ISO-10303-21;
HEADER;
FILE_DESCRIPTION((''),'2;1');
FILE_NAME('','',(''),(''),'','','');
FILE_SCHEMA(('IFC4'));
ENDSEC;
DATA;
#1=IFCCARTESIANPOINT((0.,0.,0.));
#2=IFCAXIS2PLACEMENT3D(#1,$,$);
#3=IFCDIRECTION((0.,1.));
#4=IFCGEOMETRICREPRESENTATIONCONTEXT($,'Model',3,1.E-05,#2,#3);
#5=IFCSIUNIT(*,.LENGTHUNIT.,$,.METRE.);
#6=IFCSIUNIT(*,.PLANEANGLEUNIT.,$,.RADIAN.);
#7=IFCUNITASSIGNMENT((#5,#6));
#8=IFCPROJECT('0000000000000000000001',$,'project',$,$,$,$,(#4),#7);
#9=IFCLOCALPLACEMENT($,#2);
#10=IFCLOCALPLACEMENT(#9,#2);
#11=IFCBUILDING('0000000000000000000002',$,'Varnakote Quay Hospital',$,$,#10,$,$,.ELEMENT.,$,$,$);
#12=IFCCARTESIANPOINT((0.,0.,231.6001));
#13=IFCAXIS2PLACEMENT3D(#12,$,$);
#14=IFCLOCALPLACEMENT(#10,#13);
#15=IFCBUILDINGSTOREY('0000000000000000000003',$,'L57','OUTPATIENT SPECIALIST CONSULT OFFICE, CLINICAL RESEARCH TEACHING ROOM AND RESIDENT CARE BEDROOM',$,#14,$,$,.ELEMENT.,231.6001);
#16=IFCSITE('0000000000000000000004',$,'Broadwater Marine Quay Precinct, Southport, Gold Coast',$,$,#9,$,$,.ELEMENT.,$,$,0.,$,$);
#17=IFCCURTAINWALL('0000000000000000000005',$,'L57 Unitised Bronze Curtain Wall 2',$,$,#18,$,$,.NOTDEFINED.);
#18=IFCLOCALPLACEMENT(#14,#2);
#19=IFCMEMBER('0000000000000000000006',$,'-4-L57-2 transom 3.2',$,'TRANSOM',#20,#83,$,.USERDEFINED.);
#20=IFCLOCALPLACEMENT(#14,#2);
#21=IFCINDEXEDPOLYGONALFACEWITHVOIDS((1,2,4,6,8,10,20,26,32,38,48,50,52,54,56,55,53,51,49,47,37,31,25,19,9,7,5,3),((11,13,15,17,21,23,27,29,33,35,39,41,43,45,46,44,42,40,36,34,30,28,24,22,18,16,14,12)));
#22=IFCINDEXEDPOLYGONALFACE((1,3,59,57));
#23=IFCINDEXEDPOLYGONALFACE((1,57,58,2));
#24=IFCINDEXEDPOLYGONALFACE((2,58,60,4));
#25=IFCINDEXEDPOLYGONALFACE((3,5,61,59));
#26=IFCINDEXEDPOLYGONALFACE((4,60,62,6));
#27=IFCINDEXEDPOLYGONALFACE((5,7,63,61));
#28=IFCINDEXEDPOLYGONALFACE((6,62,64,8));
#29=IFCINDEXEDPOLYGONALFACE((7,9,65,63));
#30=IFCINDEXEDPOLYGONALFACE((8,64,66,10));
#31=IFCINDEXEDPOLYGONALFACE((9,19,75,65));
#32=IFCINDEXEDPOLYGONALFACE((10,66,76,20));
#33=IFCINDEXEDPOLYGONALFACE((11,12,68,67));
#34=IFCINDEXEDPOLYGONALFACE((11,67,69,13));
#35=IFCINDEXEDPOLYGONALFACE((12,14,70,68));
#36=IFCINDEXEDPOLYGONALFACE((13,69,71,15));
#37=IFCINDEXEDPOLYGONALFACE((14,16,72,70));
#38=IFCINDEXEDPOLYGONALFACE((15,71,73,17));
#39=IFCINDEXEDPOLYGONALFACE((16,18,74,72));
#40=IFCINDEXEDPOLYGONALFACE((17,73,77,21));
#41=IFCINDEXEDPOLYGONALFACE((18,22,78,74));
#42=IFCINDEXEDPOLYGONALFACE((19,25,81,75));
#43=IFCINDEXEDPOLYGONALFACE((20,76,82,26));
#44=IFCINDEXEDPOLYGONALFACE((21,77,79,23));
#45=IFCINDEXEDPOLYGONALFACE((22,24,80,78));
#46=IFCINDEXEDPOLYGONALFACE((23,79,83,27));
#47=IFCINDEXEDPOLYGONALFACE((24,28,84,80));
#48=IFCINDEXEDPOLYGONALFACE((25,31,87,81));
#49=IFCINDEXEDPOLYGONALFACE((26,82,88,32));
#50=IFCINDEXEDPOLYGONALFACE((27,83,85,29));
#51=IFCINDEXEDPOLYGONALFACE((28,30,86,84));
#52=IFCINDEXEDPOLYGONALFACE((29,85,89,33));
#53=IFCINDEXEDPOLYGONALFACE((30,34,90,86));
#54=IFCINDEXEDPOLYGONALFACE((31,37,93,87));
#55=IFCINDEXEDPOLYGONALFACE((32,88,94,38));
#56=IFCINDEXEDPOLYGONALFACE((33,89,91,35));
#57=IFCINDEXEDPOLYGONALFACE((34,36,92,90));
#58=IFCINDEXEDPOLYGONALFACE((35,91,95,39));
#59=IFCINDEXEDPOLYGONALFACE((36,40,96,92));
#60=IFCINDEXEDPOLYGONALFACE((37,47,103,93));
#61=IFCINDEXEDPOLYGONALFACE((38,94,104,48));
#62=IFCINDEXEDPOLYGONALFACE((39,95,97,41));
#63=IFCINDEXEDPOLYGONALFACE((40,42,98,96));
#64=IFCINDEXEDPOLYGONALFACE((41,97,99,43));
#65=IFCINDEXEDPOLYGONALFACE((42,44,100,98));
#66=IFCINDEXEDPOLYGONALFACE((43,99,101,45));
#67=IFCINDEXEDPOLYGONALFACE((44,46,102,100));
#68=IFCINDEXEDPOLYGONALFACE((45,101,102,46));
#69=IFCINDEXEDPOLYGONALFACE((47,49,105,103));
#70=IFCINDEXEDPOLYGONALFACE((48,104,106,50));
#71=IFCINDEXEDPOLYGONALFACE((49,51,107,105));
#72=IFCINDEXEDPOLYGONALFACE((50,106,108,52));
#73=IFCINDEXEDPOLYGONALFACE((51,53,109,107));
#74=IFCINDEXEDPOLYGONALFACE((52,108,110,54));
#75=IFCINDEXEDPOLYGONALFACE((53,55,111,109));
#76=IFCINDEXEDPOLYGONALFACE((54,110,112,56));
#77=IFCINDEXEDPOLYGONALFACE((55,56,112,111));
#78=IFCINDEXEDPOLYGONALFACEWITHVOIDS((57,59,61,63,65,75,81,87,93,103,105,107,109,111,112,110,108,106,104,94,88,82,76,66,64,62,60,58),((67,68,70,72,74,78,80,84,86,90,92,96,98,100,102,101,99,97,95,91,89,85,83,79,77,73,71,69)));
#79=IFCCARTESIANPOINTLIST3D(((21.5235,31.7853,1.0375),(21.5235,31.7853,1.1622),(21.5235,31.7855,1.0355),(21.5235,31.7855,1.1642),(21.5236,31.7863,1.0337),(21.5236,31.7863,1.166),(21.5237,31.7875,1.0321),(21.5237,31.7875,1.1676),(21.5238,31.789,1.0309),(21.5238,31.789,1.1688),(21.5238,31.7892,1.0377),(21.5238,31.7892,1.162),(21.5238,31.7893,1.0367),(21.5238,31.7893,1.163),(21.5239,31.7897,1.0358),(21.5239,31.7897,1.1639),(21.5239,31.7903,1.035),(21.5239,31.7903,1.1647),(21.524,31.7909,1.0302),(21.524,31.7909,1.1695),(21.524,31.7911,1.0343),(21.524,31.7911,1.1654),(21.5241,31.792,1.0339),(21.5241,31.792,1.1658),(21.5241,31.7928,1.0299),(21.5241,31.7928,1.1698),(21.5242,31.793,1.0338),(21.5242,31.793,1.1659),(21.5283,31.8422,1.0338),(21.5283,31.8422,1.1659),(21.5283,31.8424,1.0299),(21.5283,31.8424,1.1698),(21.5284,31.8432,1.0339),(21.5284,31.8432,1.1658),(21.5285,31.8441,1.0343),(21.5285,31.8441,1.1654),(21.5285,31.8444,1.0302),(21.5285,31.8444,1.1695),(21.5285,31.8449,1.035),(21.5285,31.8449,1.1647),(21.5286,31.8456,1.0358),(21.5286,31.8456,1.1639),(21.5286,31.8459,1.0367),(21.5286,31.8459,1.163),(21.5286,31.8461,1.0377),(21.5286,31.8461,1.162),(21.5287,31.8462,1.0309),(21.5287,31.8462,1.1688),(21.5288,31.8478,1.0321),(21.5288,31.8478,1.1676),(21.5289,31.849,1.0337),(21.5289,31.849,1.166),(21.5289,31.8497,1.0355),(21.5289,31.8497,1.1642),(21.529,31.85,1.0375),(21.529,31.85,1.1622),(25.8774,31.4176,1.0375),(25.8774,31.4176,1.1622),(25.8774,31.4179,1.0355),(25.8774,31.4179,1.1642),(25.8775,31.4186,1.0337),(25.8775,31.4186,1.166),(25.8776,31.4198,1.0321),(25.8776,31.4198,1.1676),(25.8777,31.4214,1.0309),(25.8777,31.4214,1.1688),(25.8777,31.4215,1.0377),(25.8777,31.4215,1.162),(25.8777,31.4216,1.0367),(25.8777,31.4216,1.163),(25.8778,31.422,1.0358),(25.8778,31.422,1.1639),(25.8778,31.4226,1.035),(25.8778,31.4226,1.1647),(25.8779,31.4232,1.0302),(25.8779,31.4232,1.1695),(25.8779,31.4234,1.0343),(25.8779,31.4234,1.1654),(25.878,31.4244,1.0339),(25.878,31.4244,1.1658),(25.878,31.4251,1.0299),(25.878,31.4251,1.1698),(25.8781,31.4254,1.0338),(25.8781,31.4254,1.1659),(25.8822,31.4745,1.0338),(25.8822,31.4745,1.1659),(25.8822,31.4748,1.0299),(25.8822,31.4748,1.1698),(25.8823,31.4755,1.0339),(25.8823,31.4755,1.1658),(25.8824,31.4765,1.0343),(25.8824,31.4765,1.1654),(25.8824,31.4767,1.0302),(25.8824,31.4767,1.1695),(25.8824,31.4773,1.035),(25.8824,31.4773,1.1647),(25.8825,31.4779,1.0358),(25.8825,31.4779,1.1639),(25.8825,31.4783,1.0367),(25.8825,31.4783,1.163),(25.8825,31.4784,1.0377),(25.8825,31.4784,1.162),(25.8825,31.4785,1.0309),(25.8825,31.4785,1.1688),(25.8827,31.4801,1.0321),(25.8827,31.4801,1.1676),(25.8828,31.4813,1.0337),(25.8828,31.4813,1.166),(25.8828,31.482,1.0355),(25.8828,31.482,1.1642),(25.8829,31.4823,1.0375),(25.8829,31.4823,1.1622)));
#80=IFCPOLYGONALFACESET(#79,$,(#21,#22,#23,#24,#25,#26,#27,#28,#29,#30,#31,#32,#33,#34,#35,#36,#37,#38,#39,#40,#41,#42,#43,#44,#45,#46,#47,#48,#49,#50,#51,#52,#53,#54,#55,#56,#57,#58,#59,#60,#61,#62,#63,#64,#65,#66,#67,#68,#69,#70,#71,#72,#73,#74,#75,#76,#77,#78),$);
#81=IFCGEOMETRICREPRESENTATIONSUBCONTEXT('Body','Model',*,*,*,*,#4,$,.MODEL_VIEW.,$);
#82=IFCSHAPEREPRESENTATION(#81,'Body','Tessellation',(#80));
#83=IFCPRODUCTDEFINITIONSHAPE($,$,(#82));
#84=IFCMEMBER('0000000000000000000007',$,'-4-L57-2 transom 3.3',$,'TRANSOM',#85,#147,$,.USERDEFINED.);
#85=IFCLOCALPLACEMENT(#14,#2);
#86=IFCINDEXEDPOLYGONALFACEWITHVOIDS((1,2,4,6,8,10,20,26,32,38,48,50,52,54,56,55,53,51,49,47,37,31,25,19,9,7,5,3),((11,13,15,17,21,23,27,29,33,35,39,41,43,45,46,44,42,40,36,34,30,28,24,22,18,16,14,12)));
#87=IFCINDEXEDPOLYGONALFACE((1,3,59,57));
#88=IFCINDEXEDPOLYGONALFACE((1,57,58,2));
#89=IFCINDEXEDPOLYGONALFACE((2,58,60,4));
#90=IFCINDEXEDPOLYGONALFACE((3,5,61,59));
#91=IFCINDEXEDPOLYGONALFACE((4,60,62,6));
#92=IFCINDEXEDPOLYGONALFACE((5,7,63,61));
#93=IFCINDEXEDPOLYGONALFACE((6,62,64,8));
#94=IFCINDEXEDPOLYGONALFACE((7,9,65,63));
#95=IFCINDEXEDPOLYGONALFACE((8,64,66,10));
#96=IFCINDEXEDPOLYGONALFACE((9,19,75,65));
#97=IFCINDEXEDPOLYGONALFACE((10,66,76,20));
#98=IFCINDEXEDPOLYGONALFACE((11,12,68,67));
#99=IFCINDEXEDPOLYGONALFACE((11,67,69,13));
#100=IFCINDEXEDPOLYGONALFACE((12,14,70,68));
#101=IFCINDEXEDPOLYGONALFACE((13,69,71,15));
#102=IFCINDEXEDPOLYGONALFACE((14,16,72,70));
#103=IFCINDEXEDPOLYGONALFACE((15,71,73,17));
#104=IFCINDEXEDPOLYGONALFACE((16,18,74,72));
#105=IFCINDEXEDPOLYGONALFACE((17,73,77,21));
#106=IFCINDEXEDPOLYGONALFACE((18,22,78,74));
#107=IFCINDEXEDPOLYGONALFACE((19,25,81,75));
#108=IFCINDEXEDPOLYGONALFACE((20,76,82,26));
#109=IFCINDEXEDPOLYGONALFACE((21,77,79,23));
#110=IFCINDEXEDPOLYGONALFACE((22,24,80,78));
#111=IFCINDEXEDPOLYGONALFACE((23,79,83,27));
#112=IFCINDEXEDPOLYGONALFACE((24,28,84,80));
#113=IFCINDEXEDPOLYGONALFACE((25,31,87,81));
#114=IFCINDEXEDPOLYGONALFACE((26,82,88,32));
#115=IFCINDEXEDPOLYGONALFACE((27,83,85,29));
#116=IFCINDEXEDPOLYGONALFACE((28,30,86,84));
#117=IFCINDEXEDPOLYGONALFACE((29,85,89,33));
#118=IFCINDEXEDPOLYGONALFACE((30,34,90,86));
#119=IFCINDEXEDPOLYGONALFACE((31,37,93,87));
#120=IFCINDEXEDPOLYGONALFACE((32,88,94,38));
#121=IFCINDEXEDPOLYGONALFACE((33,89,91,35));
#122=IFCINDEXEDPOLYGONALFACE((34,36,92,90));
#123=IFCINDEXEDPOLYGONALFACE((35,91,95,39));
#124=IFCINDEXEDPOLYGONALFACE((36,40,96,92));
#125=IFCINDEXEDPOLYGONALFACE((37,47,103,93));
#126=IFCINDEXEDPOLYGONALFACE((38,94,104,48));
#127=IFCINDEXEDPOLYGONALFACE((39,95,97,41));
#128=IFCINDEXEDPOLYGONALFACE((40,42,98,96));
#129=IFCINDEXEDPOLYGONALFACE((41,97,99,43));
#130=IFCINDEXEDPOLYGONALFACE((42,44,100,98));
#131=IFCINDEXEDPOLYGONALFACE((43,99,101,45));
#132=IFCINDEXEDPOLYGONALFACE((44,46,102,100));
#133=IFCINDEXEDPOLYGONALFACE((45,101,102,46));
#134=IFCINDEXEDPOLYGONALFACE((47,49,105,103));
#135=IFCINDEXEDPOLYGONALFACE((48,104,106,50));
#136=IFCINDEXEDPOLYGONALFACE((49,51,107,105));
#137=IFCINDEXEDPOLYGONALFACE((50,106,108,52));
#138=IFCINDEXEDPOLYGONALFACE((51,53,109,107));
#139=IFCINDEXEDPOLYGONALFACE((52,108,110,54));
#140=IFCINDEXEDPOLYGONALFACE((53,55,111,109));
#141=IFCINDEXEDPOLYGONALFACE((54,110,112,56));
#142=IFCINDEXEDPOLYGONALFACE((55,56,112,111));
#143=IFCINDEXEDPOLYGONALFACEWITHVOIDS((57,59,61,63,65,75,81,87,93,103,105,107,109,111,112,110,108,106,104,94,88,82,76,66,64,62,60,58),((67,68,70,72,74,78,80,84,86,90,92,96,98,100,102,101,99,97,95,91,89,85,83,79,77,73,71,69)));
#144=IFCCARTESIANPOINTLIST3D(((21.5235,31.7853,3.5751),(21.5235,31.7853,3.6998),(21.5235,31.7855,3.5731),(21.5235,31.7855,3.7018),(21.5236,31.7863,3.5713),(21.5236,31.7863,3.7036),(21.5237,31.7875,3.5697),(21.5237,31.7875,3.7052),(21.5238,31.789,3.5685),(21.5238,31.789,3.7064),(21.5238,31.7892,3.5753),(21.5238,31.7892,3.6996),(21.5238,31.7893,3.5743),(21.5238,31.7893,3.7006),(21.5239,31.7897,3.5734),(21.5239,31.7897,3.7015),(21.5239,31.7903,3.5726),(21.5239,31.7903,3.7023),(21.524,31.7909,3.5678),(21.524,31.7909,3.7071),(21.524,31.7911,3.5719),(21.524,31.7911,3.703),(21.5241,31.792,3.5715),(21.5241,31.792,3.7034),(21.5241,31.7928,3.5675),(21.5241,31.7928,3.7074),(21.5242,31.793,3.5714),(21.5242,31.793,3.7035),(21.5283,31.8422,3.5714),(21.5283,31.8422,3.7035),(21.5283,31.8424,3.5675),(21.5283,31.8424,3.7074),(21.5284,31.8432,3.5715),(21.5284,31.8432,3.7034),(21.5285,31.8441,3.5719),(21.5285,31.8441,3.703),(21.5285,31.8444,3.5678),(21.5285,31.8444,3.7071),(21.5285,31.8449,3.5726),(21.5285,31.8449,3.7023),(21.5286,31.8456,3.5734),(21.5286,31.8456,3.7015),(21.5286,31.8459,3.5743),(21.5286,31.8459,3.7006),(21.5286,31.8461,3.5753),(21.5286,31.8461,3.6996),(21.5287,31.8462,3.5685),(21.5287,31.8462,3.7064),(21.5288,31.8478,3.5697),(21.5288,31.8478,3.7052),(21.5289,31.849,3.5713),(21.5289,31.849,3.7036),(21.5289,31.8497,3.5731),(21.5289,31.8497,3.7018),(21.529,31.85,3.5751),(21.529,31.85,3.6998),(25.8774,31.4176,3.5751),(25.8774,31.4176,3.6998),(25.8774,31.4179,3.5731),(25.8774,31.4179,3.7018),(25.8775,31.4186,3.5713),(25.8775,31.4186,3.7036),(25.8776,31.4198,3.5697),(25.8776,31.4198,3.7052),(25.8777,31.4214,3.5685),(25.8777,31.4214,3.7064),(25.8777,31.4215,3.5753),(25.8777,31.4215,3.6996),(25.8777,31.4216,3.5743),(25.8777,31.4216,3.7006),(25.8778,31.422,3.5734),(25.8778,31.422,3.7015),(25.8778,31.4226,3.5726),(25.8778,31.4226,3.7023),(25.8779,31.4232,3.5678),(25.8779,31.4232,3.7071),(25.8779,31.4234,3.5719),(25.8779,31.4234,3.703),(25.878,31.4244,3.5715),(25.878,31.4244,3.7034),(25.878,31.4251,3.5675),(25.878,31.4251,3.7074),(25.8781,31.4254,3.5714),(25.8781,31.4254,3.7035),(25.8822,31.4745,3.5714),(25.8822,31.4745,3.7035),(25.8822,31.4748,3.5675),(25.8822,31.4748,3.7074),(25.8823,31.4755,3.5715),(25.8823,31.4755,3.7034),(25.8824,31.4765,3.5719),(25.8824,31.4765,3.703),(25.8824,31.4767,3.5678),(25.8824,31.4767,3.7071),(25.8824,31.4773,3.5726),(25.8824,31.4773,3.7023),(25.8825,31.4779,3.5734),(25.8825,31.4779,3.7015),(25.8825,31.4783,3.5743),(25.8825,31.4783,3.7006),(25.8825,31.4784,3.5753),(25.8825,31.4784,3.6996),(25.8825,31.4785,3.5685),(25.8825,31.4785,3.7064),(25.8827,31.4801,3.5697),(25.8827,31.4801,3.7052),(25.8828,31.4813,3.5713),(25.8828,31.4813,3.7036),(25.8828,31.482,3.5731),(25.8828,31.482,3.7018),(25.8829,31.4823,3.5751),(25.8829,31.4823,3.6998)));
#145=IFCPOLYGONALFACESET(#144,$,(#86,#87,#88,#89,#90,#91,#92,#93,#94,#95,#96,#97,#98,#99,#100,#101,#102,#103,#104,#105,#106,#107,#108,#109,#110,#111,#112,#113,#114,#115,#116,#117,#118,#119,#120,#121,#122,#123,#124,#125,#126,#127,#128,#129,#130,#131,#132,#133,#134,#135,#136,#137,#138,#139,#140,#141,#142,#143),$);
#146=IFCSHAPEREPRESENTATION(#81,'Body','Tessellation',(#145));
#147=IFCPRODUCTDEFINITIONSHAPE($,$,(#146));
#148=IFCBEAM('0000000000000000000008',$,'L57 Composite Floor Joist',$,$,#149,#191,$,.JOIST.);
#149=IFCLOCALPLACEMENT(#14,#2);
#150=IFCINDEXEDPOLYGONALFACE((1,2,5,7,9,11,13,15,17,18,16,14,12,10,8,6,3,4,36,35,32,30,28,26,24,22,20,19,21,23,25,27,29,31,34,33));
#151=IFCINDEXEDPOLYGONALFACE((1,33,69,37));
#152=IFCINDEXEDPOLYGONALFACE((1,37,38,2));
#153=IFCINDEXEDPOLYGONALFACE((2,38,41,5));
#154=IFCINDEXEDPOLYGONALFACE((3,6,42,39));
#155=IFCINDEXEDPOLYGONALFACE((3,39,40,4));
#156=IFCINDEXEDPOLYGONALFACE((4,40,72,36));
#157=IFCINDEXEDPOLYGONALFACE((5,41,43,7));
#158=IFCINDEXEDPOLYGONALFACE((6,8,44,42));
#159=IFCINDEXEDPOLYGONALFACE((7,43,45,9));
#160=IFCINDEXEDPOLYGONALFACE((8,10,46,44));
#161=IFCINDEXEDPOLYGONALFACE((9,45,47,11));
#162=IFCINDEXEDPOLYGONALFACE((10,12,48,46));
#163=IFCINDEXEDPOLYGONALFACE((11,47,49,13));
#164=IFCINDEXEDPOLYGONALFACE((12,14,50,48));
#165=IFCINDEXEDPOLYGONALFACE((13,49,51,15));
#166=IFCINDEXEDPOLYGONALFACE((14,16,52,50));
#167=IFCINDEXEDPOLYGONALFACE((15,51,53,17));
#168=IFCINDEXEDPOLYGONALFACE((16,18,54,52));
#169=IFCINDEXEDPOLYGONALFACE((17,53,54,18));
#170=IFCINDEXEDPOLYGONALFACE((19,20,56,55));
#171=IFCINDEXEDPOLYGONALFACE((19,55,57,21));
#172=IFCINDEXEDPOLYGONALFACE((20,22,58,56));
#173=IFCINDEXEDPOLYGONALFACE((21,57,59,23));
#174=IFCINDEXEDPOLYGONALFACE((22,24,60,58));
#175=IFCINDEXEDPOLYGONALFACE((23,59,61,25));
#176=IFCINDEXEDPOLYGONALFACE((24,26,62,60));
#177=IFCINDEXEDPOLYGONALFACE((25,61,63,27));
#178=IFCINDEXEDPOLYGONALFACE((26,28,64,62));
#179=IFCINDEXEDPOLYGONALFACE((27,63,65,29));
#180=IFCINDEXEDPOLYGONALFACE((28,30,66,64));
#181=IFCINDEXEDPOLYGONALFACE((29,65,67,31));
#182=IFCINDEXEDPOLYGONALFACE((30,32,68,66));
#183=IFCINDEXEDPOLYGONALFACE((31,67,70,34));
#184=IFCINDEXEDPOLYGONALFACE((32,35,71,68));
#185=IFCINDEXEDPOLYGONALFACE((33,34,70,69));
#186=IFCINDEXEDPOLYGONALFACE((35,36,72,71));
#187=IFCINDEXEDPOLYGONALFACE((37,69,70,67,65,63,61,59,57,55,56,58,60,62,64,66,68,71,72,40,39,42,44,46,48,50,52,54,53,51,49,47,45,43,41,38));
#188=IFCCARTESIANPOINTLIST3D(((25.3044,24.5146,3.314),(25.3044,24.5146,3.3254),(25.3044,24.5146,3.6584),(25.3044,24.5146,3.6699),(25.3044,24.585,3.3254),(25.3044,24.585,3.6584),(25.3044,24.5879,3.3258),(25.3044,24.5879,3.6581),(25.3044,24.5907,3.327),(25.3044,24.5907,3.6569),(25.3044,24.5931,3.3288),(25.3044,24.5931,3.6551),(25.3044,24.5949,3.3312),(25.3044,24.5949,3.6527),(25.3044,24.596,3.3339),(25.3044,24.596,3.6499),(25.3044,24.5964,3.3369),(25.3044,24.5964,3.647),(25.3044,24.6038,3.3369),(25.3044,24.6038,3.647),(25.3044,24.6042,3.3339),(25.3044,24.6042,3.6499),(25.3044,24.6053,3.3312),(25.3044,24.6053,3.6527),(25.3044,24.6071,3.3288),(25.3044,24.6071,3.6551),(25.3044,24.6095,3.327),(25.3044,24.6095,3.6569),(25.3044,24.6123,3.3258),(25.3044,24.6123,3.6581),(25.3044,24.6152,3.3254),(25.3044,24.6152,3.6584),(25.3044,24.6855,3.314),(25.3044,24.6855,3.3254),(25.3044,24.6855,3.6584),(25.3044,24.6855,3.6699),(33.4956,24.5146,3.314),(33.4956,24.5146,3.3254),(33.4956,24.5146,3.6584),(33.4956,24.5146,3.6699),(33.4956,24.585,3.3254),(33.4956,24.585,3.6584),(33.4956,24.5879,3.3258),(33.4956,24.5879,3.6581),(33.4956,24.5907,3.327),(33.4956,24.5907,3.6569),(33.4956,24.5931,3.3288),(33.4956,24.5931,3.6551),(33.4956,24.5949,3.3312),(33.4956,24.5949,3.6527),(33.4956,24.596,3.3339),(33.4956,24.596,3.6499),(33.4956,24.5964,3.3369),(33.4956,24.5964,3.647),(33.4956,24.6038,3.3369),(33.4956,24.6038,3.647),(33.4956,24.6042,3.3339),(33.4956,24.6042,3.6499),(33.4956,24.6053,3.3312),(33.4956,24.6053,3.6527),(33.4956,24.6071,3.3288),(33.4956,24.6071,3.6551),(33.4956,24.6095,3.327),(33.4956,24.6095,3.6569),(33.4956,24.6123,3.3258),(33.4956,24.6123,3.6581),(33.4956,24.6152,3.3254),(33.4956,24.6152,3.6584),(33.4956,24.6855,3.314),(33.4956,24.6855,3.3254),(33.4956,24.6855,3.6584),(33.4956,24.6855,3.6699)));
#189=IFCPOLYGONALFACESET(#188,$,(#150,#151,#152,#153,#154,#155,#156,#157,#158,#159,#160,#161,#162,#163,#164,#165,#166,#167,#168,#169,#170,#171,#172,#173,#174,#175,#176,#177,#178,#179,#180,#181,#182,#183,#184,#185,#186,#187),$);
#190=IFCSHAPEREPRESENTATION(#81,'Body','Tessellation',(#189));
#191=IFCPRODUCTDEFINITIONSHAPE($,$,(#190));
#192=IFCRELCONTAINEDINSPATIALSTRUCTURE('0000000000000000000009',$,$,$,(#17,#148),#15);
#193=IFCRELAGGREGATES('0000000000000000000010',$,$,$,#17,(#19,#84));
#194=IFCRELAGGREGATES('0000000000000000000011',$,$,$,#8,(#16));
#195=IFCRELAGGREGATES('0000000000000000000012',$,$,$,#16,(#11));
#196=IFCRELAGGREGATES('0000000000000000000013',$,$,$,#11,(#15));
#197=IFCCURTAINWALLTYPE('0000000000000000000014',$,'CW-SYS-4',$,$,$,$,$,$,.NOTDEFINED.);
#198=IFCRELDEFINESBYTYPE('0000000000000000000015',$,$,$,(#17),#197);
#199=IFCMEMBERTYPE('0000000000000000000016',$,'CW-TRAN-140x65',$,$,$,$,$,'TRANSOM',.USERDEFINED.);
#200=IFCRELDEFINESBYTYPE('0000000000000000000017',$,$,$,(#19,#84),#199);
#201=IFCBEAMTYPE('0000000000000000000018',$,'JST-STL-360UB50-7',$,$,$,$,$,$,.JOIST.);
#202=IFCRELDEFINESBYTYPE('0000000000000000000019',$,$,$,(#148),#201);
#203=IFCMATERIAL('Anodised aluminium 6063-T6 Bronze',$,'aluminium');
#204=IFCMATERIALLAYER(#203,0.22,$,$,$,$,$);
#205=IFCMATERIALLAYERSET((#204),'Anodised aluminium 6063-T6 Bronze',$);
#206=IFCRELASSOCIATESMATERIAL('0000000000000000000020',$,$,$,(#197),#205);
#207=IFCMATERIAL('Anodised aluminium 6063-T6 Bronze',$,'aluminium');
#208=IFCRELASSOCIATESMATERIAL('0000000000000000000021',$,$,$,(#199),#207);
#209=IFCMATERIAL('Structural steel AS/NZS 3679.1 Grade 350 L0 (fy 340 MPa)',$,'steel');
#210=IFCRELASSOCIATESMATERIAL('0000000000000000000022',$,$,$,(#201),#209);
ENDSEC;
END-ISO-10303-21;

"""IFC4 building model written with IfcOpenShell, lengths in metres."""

from ifc_helpers import new_model, si_unit, direction, frame, origin, origin_2d, place, context, subcontext, project, spatial, hollow_rectangle, i_section, extrude, material, layer, layer_set, material_profile, profile_set, type_object, element, aggregate, save


model = new_model("IFC4")

# Units and contexts
model_context = context("Model", 3, precision=1e-05, world=origin(), true_north=direction((0.0, 1.0)))
body_context = subcontext(model_context, "Body", "Model", "MODEL_VIEW")
ifc_project = project(units=[si_unit("LENGTHUNIT", "METRE"), si_unit("PLANEANGLEUNIT", "RADIAN")], contexts=[model_context])

# Site, building, storey
site_placement = place(None, origin())
site = spatial("IfcSite", under=ifc_project, at=site_placement, Name="Broadwater Marine Quay Precinct, Southport, Gold Coast", CompositionType="ELEMENT", RefElevation=0.0)
building_placement = place(site_placement, origin())
building = spatial("IfcBuilding", under=site, at=building_placement, Name="Varnakote Quay Hospital", CompositionType="ELEMENT")
storey_placement = place(building_placement, frame((0.0, 0.0, 231.6001)))
storey = spatial("IfcBuildingStorey", under=building, at=storey_placement, Name="L57", Description="OUTPATIENT SPECIALIST CONSULT OFFICE, CLINICAL RESEARCH TEACHING ROOM AND RESIDENT CARE BEDROOM", CompositionType="ELEMENT", Elevation=231.6001)

# Curtain wall, members
ifc_material_1 = material(Name="Anodised aluminium 6063-T6 Bronze", Category="aluminium")
ifc_layer_1 = layer(ifc_material_1, 0.22)
ifc_layer_set_1 = layer_set([ifc_layer_1], Name="Anodised aluminium 6063-T6 Bronze")
curtain_wall_type = type_object("IfcCurtainWallType", Name="CW-SYS-4", PredefinedType="NOTDEFINED", material=ifc_layer_set_1)
curtain_wall_placement = place(storey_placement, origin())
curtain_wall = element("IfcCurtainWall", 1, at=curtain_wall_placement, inside=storey, type_object=curtain_wall_type, Name="L57 Unitised Bronze Curtain Wall 2", PredefinedType="NOTDEFINED")
ifc_material_2 = material(Name="Anodised aluminium 6063-T6 Bronze", Category="aluminium")
ifc_material_profile_1 = material_profile(ifc_material_2, hollow_rectangle(XDim=0.0649, YDim=0.1399, WallThickness=0.0039, InnerFilletRadius=0.0039, OuterFilletRadius=0.0076, at=origin_2d()), Name="CW-TRAN-140x65")
ifc_profile_set_1 = profile_set([ifc_material_profile_1], Name="Anodised aluminium 6063-T6 Bronze")
member_type_1 = type_object("IfcMemberType", Name="CW-TRAN-140x65", ElementType="TRANSOM", PredefinedType="USERDEFINED", material=ifc_profile_set_1)
member_1_placement = place(storey_placement, frame((25.8801, 31.45, 1.0999), z_axis=(-0.996453, 0.084146, 0.0), x_axis=(-0.084146, -0.996453, 0.0)))
member_1 = element("IfcMember", 2, at=member_1_placement, type_object=member_type_1, Name="-4-L57-2 transom 3.2", ObjectType="TRANSOM", PredefinedType="USERDEFINED", context=body_context, shape_type="SweptSolid", body=[
    extrude(hollow_rectangle(XDim=0.0649, YDim=0.1399, WallThickness=0.0039, InnerFilletRadius=0.0039, OuterFilletRadius=0.0076, at=origin_2d()), origin(), (0.0, 0.0, 1.0), 4.3694),
])
member_2_placement = place(storey_placement, frame((25.8801, 31.45, 3.6375), z_axis=(-0.996453, 0.084146, 0.0), x_axis=(-0.084146, -0.996453, 0.0)))
member_2 = element("IfcMember", 3, at=member_2_placement, type_object=member_type_1, Name="-4-L57-2 transom 3.3", ObjectType="TRANSOM", PredefinedType="USERDEFINED", context=body_context, shape_type="SweptSolid", body=[
    extrude(hollow_rectangle(XDim=0.0649, YDim=0.1399, WallThickness=0.0039, InnerFilletRadius=0.0039, OuterFilletRadius=0.0076, at=origin_2d()), origin(), (0.0, 0.0, 1.0), 4.3694),
])

# Beam
ifc_material_3 = material(Name="Structural steel AS/NZS 3679.1 Grade 350 L0 (fy 340 MPa)", Category="steel")
ifc_material_profile_2 = material_profile(ifc_material_3, i_section(OverallWidth=0.1709, OverallDepth=0.356, WebThickness=0.0073, FlangeThickness=0.0115, FilletRadius=0.0115, at=origin_2d()), Name="360UB50.7")
ifc_profile_set_2 = profile_set([ifc_material_profile_2], Name="Structural steel AS/NZS 3679.1 Grade 350 L0 (fy 340 MPa)")
beam_type_1 = type_object("IfcBeamType", Name="JST-STL-360UB50-7", PredefinedType="JOIST", material=ifc_profile_set_2)
beam_1_placement = place(storey_placement, frame((25.3044, 24.6001, 3.4919), z_axis=(1.0, 0.0, 0.0), x_axis=(0.0, 1.0, 0.0)))
element("IfcBeam", 4, at=beam_1_placement, inside=storey, type_object=beam_type_1, Name="L57 Composite Floor Joist", PredefinedType="JOIST", context=body_context, shape_type="SweptSolid", body=[
    extrude(i_section(OverallWidth=0.1709, OverallDepth=0.356, WebThickness=0.0073, FlangeThickness=0.0115, FilletRadius=0.0115, at=origin_2d()), origin(), (0.0, 0.0, 1.0), 8.1912),
])

aggregate(curtain_wall, [member_1, member_2])

save(model, "model.ifc")
